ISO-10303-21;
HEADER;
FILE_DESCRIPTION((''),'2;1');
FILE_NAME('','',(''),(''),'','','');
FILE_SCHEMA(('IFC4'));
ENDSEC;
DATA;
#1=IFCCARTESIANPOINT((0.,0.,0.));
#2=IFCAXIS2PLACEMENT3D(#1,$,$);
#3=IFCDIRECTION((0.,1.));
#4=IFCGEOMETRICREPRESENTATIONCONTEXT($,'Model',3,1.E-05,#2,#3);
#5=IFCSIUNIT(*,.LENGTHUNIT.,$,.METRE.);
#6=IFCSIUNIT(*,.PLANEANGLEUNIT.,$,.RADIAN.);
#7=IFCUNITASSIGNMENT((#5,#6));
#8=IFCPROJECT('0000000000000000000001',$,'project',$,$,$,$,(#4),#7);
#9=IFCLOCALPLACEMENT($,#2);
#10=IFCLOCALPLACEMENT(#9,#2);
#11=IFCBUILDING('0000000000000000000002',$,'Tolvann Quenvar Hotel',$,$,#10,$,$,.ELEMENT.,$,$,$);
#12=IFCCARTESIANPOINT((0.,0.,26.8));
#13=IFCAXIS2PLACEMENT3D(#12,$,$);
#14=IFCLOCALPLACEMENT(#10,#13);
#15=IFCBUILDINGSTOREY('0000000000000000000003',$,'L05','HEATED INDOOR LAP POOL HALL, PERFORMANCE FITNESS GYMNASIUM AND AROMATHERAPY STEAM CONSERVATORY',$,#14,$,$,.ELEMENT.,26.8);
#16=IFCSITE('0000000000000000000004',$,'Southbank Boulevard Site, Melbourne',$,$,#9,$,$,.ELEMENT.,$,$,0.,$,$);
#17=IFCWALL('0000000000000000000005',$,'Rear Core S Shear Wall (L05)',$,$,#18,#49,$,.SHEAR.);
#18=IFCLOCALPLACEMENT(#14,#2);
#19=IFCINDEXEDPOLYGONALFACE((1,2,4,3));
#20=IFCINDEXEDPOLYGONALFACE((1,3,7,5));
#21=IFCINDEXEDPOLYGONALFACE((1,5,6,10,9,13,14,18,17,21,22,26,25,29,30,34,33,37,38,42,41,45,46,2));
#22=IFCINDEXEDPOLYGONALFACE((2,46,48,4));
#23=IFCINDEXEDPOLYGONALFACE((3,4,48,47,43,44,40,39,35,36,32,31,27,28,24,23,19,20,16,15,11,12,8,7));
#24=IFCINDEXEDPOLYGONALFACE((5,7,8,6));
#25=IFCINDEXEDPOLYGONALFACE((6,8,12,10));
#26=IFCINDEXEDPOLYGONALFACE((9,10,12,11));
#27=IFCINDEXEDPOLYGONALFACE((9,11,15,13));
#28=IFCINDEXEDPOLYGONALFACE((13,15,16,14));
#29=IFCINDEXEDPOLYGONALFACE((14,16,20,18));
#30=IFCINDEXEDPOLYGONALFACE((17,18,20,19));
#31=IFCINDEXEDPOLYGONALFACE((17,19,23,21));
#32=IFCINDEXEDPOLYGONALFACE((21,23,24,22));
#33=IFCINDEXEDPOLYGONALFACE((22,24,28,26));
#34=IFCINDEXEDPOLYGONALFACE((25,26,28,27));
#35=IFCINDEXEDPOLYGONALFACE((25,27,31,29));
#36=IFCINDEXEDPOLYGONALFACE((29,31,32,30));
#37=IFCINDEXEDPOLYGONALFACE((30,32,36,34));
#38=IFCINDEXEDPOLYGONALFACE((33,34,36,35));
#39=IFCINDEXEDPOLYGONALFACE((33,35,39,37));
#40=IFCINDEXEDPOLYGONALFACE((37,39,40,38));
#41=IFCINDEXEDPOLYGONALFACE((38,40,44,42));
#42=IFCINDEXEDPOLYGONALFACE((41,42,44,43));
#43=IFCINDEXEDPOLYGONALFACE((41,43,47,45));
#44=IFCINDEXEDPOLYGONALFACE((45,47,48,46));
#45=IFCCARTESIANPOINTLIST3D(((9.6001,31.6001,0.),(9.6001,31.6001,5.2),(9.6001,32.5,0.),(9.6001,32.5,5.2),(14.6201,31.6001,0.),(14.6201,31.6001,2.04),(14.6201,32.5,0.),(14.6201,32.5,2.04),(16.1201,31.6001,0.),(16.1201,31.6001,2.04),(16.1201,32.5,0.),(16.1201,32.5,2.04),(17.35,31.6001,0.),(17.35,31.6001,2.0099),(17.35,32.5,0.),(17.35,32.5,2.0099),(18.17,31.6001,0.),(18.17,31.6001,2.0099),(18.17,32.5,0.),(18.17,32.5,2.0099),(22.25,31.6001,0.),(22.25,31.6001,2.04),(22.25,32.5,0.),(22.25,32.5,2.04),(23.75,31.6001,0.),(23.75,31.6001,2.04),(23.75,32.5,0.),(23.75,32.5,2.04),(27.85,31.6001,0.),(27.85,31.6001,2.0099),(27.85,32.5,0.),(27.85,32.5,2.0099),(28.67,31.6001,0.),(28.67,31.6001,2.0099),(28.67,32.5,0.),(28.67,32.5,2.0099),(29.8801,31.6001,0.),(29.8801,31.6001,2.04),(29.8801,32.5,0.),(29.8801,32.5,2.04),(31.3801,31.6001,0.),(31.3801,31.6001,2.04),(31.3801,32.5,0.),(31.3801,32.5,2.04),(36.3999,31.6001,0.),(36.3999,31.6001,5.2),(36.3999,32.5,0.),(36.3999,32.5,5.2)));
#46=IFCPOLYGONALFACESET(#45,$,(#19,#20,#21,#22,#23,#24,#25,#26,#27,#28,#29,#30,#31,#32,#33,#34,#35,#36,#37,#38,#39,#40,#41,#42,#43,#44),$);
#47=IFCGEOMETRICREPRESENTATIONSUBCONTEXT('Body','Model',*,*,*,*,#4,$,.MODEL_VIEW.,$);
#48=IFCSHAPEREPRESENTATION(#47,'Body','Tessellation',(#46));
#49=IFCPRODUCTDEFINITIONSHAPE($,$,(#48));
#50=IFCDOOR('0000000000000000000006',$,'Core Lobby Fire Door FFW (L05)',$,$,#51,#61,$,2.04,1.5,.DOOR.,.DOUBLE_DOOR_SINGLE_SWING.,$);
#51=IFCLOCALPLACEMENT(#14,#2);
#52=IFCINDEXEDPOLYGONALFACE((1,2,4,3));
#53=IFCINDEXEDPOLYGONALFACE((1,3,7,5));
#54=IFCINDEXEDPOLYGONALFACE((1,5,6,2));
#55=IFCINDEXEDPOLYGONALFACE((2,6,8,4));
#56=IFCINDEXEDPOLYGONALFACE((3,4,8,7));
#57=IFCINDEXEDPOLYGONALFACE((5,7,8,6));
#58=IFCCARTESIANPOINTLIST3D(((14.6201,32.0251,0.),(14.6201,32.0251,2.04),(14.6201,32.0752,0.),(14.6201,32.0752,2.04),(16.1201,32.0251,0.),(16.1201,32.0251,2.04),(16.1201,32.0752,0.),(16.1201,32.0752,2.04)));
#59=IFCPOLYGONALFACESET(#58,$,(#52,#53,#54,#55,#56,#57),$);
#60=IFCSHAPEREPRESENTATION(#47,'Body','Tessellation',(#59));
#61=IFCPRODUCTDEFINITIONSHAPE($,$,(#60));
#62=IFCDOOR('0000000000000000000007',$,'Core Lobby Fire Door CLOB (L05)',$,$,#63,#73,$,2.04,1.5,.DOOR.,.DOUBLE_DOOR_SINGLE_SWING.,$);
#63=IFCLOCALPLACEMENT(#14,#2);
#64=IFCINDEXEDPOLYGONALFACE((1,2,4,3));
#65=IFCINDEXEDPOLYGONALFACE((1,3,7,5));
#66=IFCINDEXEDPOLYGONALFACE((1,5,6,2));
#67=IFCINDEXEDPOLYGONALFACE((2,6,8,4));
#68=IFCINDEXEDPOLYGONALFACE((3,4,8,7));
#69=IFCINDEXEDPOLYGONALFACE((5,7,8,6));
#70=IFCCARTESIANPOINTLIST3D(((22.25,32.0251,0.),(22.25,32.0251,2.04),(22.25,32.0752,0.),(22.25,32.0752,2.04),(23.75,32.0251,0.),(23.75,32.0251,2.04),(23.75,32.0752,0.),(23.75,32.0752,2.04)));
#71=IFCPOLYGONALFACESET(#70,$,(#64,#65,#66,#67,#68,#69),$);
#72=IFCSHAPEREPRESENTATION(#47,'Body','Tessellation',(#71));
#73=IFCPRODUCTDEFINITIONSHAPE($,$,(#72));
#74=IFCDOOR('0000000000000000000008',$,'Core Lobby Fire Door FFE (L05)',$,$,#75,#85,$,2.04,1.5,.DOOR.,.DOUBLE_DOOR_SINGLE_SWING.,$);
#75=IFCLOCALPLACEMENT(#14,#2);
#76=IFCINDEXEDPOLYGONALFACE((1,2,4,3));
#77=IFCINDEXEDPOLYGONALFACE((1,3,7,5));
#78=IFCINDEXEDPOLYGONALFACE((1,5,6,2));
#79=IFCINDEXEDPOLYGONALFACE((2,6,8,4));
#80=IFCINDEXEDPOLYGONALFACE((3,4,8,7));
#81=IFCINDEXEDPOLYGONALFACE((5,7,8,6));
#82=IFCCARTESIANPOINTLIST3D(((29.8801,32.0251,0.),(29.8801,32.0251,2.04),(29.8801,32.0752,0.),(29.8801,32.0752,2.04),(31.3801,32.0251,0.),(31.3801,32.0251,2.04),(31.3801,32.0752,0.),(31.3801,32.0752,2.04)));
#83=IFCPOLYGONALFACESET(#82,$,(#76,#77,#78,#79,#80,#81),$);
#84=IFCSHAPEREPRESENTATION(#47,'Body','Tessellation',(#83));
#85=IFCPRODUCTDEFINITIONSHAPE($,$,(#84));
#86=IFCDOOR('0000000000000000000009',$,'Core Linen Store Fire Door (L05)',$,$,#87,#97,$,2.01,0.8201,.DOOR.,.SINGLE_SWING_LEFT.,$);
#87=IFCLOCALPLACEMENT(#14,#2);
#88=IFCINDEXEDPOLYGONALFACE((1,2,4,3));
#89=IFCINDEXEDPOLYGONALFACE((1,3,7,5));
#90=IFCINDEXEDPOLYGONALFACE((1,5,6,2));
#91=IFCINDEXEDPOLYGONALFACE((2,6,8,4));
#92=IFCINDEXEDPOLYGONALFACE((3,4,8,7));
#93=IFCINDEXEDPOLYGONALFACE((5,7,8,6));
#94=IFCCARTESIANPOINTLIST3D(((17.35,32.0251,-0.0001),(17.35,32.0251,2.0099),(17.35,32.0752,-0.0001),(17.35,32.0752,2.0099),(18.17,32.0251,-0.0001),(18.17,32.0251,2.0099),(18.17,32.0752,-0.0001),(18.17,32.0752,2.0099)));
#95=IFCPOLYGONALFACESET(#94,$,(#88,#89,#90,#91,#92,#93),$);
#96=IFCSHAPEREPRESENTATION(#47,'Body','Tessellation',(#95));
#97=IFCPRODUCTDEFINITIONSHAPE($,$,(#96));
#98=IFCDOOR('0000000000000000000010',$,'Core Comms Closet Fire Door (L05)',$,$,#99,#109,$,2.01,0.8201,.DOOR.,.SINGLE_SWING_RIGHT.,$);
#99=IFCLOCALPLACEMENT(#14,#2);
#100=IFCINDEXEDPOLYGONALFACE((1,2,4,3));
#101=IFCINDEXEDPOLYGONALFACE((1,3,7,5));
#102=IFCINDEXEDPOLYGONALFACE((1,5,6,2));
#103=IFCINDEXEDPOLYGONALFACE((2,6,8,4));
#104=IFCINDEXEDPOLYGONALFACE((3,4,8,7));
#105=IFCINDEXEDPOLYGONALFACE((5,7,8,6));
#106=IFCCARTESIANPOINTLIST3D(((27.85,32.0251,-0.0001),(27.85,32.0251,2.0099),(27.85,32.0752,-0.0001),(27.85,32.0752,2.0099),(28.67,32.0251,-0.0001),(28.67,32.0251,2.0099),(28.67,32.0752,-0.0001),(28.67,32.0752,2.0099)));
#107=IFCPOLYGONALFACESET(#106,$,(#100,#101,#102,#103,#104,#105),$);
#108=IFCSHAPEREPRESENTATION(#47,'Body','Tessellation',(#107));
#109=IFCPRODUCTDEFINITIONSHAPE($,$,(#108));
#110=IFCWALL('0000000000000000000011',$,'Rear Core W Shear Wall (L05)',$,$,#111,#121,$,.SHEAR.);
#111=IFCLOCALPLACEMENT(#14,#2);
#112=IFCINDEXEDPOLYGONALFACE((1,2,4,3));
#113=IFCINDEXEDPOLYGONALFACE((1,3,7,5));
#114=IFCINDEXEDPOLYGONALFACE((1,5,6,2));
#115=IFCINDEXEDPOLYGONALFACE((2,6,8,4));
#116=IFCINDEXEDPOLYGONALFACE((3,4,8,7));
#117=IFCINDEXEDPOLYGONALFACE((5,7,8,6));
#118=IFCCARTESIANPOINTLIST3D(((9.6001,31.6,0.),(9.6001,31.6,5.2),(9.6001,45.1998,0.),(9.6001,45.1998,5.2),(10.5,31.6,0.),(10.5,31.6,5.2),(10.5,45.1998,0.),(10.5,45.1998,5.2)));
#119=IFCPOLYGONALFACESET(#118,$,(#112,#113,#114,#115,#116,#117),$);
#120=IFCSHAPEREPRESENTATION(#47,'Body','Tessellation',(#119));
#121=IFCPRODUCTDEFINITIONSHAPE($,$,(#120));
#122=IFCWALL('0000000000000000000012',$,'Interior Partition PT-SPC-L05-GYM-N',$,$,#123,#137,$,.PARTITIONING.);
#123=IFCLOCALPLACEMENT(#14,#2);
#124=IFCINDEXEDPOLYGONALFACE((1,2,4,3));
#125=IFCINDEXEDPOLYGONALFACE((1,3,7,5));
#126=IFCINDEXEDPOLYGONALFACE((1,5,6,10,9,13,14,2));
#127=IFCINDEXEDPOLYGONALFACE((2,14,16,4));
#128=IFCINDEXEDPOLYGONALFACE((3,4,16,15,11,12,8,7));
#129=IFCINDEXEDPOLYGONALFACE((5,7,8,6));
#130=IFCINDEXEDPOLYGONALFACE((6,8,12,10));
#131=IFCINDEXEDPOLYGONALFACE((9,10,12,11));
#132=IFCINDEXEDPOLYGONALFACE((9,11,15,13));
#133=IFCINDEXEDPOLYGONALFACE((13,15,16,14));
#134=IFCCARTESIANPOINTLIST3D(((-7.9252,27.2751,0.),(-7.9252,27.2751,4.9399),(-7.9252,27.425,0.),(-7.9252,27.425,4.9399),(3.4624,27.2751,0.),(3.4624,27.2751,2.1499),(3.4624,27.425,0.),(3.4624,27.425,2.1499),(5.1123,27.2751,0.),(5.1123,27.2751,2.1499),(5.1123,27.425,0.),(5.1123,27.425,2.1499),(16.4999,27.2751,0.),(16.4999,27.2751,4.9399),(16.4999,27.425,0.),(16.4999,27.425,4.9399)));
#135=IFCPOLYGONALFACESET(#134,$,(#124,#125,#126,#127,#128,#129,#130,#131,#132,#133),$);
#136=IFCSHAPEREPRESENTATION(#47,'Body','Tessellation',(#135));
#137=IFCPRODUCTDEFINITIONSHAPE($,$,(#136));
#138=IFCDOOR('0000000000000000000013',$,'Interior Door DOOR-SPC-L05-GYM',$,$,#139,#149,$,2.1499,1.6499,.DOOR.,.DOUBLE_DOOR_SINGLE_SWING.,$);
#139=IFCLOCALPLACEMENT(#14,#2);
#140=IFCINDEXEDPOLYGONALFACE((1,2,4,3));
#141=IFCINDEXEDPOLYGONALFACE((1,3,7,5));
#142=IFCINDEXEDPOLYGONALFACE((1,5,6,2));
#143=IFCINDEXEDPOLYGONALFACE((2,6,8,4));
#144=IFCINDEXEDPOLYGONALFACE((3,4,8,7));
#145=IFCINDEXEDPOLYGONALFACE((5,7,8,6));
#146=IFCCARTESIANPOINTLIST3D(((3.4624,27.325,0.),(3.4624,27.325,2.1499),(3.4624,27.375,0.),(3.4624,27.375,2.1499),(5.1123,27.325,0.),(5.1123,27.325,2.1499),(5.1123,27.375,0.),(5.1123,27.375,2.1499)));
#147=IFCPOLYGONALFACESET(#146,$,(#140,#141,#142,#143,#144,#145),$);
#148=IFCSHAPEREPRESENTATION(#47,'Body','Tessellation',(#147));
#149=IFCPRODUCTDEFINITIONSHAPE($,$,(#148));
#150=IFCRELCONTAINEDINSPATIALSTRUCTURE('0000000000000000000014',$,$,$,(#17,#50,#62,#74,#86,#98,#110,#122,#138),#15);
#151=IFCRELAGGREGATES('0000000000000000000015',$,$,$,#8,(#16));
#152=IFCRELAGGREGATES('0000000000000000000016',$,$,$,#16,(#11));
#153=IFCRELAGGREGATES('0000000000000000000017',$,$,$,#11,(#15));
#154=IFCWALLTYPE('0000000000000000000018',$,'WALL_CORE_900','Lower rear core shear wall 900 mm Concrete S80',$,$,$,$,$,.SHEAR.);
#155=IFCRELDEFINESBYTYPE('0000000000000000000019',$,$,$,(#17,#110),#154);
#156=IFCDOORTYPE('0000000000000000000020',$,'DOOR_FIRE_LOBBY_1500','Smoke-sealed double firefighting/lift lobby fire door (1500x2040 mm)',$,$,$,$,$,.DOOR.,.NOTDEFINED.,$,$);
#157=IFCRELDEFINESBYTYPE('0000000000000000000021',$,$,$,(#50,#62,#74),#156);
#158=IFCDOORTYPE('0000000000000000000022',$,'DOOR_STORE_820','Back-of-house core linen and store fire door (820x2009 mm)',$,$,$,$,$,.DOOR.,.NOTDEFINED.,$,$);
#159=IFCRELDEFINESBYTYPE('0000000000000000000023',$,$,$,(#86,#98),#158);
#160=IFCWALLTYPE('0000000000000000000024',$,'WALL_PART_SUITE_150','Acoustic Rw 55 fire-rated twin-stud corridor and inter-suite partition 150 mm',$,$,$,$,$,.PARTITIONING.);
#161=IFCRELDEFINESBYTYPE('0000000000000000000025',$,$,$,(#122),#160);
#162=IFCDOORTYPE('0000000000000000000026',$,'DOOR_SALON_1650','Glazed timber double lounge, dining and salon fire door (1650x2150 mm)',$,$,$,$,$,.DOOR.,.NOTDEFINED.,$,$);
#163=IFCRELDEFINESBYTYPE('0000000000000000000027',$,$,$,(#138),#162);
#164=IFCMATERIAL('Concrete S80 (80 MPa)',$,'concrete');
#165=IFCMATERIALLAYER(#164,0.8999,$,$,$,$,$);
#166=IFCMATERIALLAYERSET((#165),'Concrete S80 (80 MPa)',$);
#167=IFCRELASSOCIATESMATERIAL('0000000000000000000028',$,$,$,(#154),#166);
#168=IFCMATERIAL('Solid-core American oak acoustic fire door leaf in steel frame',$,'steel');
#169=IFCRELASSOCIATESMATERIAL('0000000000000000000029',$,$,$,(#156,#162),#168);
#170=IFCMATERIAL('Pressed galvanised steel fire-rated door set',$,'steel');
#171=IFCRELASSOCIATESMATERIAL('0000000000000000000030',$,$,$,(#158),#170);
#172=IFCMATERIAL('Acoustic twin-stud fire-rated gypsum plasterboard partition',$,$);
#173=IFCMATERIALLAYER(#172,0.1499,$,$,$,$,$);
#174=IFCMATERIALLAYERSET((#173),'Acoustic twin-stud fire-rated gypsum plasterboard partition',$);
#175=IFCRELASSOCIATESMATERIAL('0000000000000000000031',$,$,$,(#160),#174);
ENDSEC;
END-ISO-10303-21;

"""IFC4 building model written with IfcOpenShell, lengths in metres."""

from ifc_helpers import new_model, si_unit, direction, frame, frame_2d, origin, place, context, subcontext, project, spatial, rectangle, extrude, source, transform, mapped, material, layer, layer_set, type_object, type_shapes, element, fill, save


model = new_model("IFC4")

# Units and contexts
model_context = context("Model", 3, precision=1e-05, world=origin(), true_north=direction((0.0, 1.0)))
body_context = subcontext(model_context, "Body", "Model", "MODEL_VIEW")
ifc_project = project(units=[si_unit("LENGTHUNIT", "METRE"), si_unit("PLANEANGLEUNIT", "RADIAN")], contexts=[model_context])

# Site, building, storey
site_placement = place(None, origin())
site = spatial("IfcSite", under=ifc_project, at=site_placement, Name="Southbank Boulevard Site, Melbourne", CompositionType="ELEMENT", RefElevation=0.0)
building_placement = place(site_placement, origin())
building = spatial("IfcBuilding", under=site, at=building_placement, Name="Tolvann Quenvar Hotel", CompositionType="ELEMENT")
storey_placement = place(building_placement, frame((0.0, 0.0, 26.8)))
storey = spatial("IfcBuildingStorey", under=building, at=storey_placement, Name="L05", Description="HEATED INDOOR LAP POOL HALL, PERFORMANCE FITNESS GYMNASIUM AND AROMATHERAPY STEAM CONSERVATORY", CompositionType="ELEMENT", Elevation=26.8)

# Shared definitions
ifc_material_1 = material(Name="Concrete S80 (80 MPa)", Category="concrete")

# Wall, openings, doors
ifc_layer_1 = layer(ifc_material_1, 0.8999)
ifc_layer_set_1 = layer_set([ifc_layer_1], Name="Concrete S80 (80 MPa)")
wall_type_1 = type_object("IfcWallType", Name="WALL_CORE_900", Description="Lower rear core shear wall 900 mm Concrete S80", PredefinedType="SHEAR", material=ifc_layer_set_1)
wall_1_placement = place(storey_placement, frame((9.6001, 32.05, 0.0), z_axis=(0.0, 0.0, 1.0), x_axis=(1.0, 0.0, 0.0)))
wall_1 = element("IfcWall", 1, at=wall_1_placement, inside=storey, type_object=wall_type_1, Name="Rear Core S Shear Wall (L05)", PredefinedType="SHEAR", context=body_context, shape_type="SweptSolid", body=[
    extrude(rectangle(XDim=26.7998, YDim=0.8999, at=frame_2d((13.3999, 0.0))), origin(), (0.0, 0.0, 1.0), 5.2),
])
opening_1_placement = place(wall_1_placement, frame((6.52, 0.0, 0.0), z_axis=(0.0, 0.0, 1.0), x_axis=(-1.0, 0.0, 0.0)))
opening_1 = element("IfcOpeningElement", 2, at=opening_1_placement, cuts=wall_1, PredefinedType="OPENING", context=body_context, shape_type="SweptSolid", body=[
    extrude(rectangle(XDim=1.5, YDim=2.04, at=frame_2d((0.75, 1.02))), frame((0.0, 0.46, 0.0), z_axis=(0.0, -1.0, 0.0), x_axis=(1.0, 0.0, 0.0)), (0.0, 0.0, 1.0), 0.9199),
])
opening_2_placement = place(wall_1_placement, frame((14.1499, 0.0, 0.0), z_axis=(0.0, 0.0, 1.0), x_axis=(-1.0, 0.0, 0.0)))
opening_2 = element("IfcOpeningElement", 3, at=opening_2_placement, cuts=wall_1, PredefinedType="OPENING", context=body_context, shape_type="SweptSolid", body=[
    extrude(rectangle(XDim=1.5, YDim=2.04, at=frame_2d((0.75, 1.02))), frame((0.0, 0.46, 0.0), z_axis=(0.0, -1.0, 0.0), x_axis=(1.0, 0.0, 0.0)), (0.0, 0.0, 1.0), 0.9199),
])
opening_3_placement = place(wall_1_placement, frame((21.78, 0.0, 0.0), z_axis=(0.0, 0.0, 1.0), x_axis=(-1.0, 0.0, 0.0)))
opening_3 = element("IfcOpeningElement", 4, at=opening_3_placement, cuts=wall_1, PredefinedType="OPENING", context=body_context, shape_type="SweptSolid", body=[
    extrude(rectangle(XDim=1.5, YDim=2.04, at=frame_2d((0.75, 1.02))), frame((0.0, 0.46, 0.0), z_axis=(0.0, -1.0, 0.0), x_axis=(1.0, 0.0, 0.0)), (0.0, 0.0, 1.0), 0.9199),
])
opening_4_placement = place(wall_1_placement, frame((8.5701, 0.0, 0.0), z_axis=(0.0, 0.0, 1.0), x_axis=(-1.0, 0.0, 0.0)))
opening_4 = element("IfcOpeningElement", 5, at=opening_4_placement, cuts=wall_1, PredefinedType="OPENING", context=body_context, shape_type="SweptSolid", body=[
    extrude(rectangle(XDim=0.8201, YDim=2.01, at=frame_2d((0.4102, 1.0049))), frame((0.0, 0.46, 0.0), z_axis=(0.0, -1.0, 0.0), x_axis=(1.0, 0.0, 0.0)), (0.0, 0.0, 1.0), 0.9199),
])
opening_5_placement = place(wall_1_placement, frame((19.0701, 0.0, 0.0), z_axis=(0.0, 0.0, 1.0), x_axis=(-1.0, 0.0, 0.0)))
opening_5 = element("IfcOpeningElement", 6, at=opening_5_placement, cuts=wall_1, PredefinedType="OPENING", context=body_context, shape_type="SweptSolid", body=[
    extrude(rectangle(XDim=0.8201, YDim=2.01, at=frame_2d((0.4102, 1.0049))), frame((0.0, 0.46, 0.0), z_axis=(0.0, -1.0, 0.0), x_axis=(1.0, 0.0, 0.0)), (0.0, 0.0, 1.0), 0.9199),
])
ifc_material_2 = material(Name="Solid-core American oak acoustic fire door leaf in steel frame", Category="steel")
door_type_1 = type_object("IfcDoorType", Name="DOOR_FIRE_LOBBY_1500", Description="Smoke-sealed double firefighting/lift lobby fire door (1500x2040 mm)", OperationType="NOTDEFINED", PredefinedType="DOOR", material=ifc_material_2)
shared_shape_1 = source(origin(), body_context, "Body", "SweptSolid", [
    extrude(rectangle(XDim=1.5, YDim=2.04, at=frame_2d((0.75, 1.02))), frame((0.0, 0.0249, 0.0), z_axis=(0.0, -1.0, 0.0), x_axis=(1.0, 0.0, 0.0)), (0.0, 0.0, 1.0), 0.05),
])
type_shapes(door_type_1, [shared_shape_1])
door_1_placement = place(opening_1_placement, origin())
door_1 = element("IfcDoor", 7, at=door_1_placement, inside=storey, type_object=door_type_1, Name="Core Lobby Fire Door FFW (L05)", OperationType="DOUBLE_DOOR_SINGLE_SWING", OverallHeight=2.04, OverallWidth=1.5, PredefinedType="DOOR", context=body_context, shape_type="MappedRepresentation", body=[
    mapped(shared_shape_1, transform((0.0, 0.0, 0.0), x_axis=(1.0, 0.0, 0.0), y_axis=(0.0, 1.0, 0.0), z_axis=(0.0, 0.0, 1.0), scale=1.0)),
])
fill(opening_1, door_1)
door_2_placement = place(opening_2_placement, origin())
door_2 = element("IfcDoor", 8, at=door_2_placement, inside=storey, type_object=door_type_1, Name="Core Lobby Fire Door CLOB (L05)", OperationType="DOUBLE_DOOR_SINGLE_SWING", OverallHeight=2.04, OverallWidth=1.5, PredefinedType="DOOR", context=body_context, shape_type="MappedRepresentation", body=[
    mapped(shared_shape_1, transform((0.0, 0.0, 0.0), x_axis=(1.0, 0.0, 0.0), y_axis=(0.0, 1.0, 0.0), z_axis=(0.0, 0.0, 1.0), scale=1.0)),
])
fill(opening_2, door_2)
door_3_placement = place(opening_3_placement, origin())
door_3 = element("IfcDoor", 9, at=door_3_placement, inside=storey, type_object=door_type_1, Name="Core Lobby Fire Door FFE (L05)", OperationType="DOUBLE_DOOR_SINGLE_SWING", OverallHeight=2.04, OverallWidth=1.5, PredefinedType="DOOR", context=body_context, shape_type="MappedRepresentation", body=[
    mapped(shared_shape_1, transform((0.0, 0.0, 0.0), x_axis=(1.0, 0.0, 0.0), y_axis=(0.0, 1.0, 0.0), z_axis=(0.0, 0.0, 1.0), scale=1.0)),
])
fill(opening_3, door_3)
ifc_material_3 = material(Name="Pressed galvanised steel fire-rated door set", Category="steel")
door_type_2 = type_object("IfcDoorType", Name="DOOR_STORE_820", Description="Back-of-house core linen and store fire door (820x2009 mm)", OperationType="NOTDEFINED", PredefinedType="DOOR", material=ifc_material_3)
shared_shape_2 = source(origin(), body_context, "Body", "SweptSolid", [
    extrude(rectangle(XDim=0.8201, YDim=2.01, at=frame_2d((0.4102, 1.0049))), frame((0.0, 0.0249, 0.0), z_axis=(0.0, -1.0, 0.0), x_axis=(1.0, 0.0, 0.0)), (0.0, 0.0, 1.0), 0.05),
])
type_shapes(door_type_2, [shared_shape_2])
door_4_placement = place(opening_4_placement, origin())
door_4 = element("IfcDoor", 10, at=door_4_placement, inside=storey, type_object=door_type_2, Name="Core Linen Store Fire Door (L05)", OperationType="SINGLE_SWING_LEFT", OverallHeight=2.01, OverallWidth=0.8201, PredefinedType="DOOR", context=body_context, shape_type="MappedRepresentation", body=[
    mapped(shared_shape_2, transform((0.0, 0.0, 0.0), x_axis=(1.0, 0.0, 0.0), y_axis=(0.0, 1.0, 0.0), z_axis=(0.0, 0.0, 1.0), scale=1.0)),
])
fill(opening_4, door_4)
door_5_placement = place(opening_5_placement, origin())
door_5 = element("IfcDoor", 11, at=door_5_placement, inside=storey, type_object=door_type_2, Name="Core Comms Closet Fire Door (L05)", OperationType="SINGLE_SWING_RIGHT", OverallHeight=2.01, OverallWidth=0.8201, PredefinedType="DOOR", context=body_context, shape_type="MappedRepresentation", body=[
    mapped(shared_shape_2, transform((0.0, 0.0, 0.0), x_axis=(1.0, 0.0, 0.0), y_axis=(0.0, 1.0, 0.0), z_axis=(0.0, 0.0, 1.0), scale=1.0)),
])
fill(opening_5, door_5)

# Wall
wall_2_placement = place(storey_placement, frame((10.05, 31.6001, 0.0), z_axis=(0.0, 0.0, 1.0), x_axis=(0.0, 1.0, 0.0)))
element("IfcWall", 12, at=wall_2_placement, inside=storey, type_object=wall_type_1, Name="Rear Core W Shear Wall (L05)", PredefinedType="SHEAR", context=body_context, shape_type="SweptSolid", body=[
    extrude(rectangle(XDim=13.5999, YDim=0.8999, at=frame_2d((6.7998, 0.0))), origin(), (0.0, 0.0, 1.0), 5.2),
])

# Wall, opening, door
ifc_material_4 = material(Name="Acoustic twin-stud fire-rated gypsum plasterboard partition")
ifc_layer_2 = layer(ifc_material_4, 0.1499)
ifc_layer_set_2 = layer_set([ifc_layer_2], Name="Acoustic twin-stud fire-rated gypsum plasterboard partition")
wall_type_2 = type_object("IfcWallType", Name="WALL_PART_SUITE_150", Description="Acoustic Rw 55 fire-rated twin-stud corridor and inter-suite partition 150 mm", PredefinedType="PARTITIONING", material=ifc_layer_set_2)
wall_3_placement = place(storey_placement, frame((-7.925, 27.3501, 0.0), z_axis=(0.0, 0.0, 1.0), x_axis=(1.0, 0.0, 0.0)))
wall_3 = element("IfcWall", 13, at=wall_3_placement, inside=storey, type_object=wall_type_2, Name="Interior Partition PT-SPC-L05-GYM-N", PredefinedType="PARTITIONING", context=body_context, shape_type="SweptSolid", body=[
    extrude(rectangle(XDim=24.425, YDim=0.1499, at=frame_2d((12.2124, 0.0))), origin(), (0.0, 0.0, 1.0), 4.9399),
])
opening_6_placement = place(wall_3_placement, frame((11.3875, 0.0, 0.0)))
opening_6 = element("IfcOpeningElement", 14, at=opening_6_placement, cuts=wall_3, PredefinedType="OPENING", context=body_context, shape_type="SweptSolid", body=[
    extrude(rectangle(XDim=1.6499, YDim=2.1499, at=frame_2d((0.825, 1.075))), frame((0.0, 0.085, 0.0), z_axis=(0.0, -1.0, 0.0), x_axis=(1.0, 0.0, 0.0)), (0.0, 0.0, 1.0), 0.1699),
])
door_type_3 = type_object("IfcDoorType", Name="DOOR_SALON_1650", Description="Glazed timber double lounge, dining and salon fire door (1650x2150 mm)", OperationType="NOTDEFINED", PredefinedType="DOOR", material=ifc_material_2)
shared_shape_3 = source(origin(), body_context, "Body", "SweptSolid", [
    extrude(rectangle(XDim=1.6499, YDim=2.1499, at=frame_2d((0.825, 1.075))), frame((0.0, 0.0249, 0.0), z_axis=(0.0, -1.0, 0.0), x_axis=(1.0, 0.0, 0.0)), (0.0, 0.0, 1.0), 0.05),
])
type_shapes(door_type_3, [shared_shape_3])
door_6_placement = place(opening_6_placement, origin())
door_6 = element("IfcDoor", 15, at=door_6_placement, inside=storey, type_object=door_type_3, Name="Interior Door DOOR-SPC-L05-GYM", OperationType="DOUBLE_DOOR_SINGLE_SWING", OverallHeight=2.1499, OverallWidth=1.6499, PredefinedType="DOOR", context=body_context, shape_type="MappedRepresentation", body=[
    mapped(shared_shape_3, transform((0.0, 0.0, 0.0), x_axis=(1.0, 0.0, 0.0), y_axis=(0.0, 1.0, 0.0), z_axis=(0.0, 0.0, 1.0), scale=1.0)),
])
fill(opening_6, door_6)

save(model, "model.ifc")
